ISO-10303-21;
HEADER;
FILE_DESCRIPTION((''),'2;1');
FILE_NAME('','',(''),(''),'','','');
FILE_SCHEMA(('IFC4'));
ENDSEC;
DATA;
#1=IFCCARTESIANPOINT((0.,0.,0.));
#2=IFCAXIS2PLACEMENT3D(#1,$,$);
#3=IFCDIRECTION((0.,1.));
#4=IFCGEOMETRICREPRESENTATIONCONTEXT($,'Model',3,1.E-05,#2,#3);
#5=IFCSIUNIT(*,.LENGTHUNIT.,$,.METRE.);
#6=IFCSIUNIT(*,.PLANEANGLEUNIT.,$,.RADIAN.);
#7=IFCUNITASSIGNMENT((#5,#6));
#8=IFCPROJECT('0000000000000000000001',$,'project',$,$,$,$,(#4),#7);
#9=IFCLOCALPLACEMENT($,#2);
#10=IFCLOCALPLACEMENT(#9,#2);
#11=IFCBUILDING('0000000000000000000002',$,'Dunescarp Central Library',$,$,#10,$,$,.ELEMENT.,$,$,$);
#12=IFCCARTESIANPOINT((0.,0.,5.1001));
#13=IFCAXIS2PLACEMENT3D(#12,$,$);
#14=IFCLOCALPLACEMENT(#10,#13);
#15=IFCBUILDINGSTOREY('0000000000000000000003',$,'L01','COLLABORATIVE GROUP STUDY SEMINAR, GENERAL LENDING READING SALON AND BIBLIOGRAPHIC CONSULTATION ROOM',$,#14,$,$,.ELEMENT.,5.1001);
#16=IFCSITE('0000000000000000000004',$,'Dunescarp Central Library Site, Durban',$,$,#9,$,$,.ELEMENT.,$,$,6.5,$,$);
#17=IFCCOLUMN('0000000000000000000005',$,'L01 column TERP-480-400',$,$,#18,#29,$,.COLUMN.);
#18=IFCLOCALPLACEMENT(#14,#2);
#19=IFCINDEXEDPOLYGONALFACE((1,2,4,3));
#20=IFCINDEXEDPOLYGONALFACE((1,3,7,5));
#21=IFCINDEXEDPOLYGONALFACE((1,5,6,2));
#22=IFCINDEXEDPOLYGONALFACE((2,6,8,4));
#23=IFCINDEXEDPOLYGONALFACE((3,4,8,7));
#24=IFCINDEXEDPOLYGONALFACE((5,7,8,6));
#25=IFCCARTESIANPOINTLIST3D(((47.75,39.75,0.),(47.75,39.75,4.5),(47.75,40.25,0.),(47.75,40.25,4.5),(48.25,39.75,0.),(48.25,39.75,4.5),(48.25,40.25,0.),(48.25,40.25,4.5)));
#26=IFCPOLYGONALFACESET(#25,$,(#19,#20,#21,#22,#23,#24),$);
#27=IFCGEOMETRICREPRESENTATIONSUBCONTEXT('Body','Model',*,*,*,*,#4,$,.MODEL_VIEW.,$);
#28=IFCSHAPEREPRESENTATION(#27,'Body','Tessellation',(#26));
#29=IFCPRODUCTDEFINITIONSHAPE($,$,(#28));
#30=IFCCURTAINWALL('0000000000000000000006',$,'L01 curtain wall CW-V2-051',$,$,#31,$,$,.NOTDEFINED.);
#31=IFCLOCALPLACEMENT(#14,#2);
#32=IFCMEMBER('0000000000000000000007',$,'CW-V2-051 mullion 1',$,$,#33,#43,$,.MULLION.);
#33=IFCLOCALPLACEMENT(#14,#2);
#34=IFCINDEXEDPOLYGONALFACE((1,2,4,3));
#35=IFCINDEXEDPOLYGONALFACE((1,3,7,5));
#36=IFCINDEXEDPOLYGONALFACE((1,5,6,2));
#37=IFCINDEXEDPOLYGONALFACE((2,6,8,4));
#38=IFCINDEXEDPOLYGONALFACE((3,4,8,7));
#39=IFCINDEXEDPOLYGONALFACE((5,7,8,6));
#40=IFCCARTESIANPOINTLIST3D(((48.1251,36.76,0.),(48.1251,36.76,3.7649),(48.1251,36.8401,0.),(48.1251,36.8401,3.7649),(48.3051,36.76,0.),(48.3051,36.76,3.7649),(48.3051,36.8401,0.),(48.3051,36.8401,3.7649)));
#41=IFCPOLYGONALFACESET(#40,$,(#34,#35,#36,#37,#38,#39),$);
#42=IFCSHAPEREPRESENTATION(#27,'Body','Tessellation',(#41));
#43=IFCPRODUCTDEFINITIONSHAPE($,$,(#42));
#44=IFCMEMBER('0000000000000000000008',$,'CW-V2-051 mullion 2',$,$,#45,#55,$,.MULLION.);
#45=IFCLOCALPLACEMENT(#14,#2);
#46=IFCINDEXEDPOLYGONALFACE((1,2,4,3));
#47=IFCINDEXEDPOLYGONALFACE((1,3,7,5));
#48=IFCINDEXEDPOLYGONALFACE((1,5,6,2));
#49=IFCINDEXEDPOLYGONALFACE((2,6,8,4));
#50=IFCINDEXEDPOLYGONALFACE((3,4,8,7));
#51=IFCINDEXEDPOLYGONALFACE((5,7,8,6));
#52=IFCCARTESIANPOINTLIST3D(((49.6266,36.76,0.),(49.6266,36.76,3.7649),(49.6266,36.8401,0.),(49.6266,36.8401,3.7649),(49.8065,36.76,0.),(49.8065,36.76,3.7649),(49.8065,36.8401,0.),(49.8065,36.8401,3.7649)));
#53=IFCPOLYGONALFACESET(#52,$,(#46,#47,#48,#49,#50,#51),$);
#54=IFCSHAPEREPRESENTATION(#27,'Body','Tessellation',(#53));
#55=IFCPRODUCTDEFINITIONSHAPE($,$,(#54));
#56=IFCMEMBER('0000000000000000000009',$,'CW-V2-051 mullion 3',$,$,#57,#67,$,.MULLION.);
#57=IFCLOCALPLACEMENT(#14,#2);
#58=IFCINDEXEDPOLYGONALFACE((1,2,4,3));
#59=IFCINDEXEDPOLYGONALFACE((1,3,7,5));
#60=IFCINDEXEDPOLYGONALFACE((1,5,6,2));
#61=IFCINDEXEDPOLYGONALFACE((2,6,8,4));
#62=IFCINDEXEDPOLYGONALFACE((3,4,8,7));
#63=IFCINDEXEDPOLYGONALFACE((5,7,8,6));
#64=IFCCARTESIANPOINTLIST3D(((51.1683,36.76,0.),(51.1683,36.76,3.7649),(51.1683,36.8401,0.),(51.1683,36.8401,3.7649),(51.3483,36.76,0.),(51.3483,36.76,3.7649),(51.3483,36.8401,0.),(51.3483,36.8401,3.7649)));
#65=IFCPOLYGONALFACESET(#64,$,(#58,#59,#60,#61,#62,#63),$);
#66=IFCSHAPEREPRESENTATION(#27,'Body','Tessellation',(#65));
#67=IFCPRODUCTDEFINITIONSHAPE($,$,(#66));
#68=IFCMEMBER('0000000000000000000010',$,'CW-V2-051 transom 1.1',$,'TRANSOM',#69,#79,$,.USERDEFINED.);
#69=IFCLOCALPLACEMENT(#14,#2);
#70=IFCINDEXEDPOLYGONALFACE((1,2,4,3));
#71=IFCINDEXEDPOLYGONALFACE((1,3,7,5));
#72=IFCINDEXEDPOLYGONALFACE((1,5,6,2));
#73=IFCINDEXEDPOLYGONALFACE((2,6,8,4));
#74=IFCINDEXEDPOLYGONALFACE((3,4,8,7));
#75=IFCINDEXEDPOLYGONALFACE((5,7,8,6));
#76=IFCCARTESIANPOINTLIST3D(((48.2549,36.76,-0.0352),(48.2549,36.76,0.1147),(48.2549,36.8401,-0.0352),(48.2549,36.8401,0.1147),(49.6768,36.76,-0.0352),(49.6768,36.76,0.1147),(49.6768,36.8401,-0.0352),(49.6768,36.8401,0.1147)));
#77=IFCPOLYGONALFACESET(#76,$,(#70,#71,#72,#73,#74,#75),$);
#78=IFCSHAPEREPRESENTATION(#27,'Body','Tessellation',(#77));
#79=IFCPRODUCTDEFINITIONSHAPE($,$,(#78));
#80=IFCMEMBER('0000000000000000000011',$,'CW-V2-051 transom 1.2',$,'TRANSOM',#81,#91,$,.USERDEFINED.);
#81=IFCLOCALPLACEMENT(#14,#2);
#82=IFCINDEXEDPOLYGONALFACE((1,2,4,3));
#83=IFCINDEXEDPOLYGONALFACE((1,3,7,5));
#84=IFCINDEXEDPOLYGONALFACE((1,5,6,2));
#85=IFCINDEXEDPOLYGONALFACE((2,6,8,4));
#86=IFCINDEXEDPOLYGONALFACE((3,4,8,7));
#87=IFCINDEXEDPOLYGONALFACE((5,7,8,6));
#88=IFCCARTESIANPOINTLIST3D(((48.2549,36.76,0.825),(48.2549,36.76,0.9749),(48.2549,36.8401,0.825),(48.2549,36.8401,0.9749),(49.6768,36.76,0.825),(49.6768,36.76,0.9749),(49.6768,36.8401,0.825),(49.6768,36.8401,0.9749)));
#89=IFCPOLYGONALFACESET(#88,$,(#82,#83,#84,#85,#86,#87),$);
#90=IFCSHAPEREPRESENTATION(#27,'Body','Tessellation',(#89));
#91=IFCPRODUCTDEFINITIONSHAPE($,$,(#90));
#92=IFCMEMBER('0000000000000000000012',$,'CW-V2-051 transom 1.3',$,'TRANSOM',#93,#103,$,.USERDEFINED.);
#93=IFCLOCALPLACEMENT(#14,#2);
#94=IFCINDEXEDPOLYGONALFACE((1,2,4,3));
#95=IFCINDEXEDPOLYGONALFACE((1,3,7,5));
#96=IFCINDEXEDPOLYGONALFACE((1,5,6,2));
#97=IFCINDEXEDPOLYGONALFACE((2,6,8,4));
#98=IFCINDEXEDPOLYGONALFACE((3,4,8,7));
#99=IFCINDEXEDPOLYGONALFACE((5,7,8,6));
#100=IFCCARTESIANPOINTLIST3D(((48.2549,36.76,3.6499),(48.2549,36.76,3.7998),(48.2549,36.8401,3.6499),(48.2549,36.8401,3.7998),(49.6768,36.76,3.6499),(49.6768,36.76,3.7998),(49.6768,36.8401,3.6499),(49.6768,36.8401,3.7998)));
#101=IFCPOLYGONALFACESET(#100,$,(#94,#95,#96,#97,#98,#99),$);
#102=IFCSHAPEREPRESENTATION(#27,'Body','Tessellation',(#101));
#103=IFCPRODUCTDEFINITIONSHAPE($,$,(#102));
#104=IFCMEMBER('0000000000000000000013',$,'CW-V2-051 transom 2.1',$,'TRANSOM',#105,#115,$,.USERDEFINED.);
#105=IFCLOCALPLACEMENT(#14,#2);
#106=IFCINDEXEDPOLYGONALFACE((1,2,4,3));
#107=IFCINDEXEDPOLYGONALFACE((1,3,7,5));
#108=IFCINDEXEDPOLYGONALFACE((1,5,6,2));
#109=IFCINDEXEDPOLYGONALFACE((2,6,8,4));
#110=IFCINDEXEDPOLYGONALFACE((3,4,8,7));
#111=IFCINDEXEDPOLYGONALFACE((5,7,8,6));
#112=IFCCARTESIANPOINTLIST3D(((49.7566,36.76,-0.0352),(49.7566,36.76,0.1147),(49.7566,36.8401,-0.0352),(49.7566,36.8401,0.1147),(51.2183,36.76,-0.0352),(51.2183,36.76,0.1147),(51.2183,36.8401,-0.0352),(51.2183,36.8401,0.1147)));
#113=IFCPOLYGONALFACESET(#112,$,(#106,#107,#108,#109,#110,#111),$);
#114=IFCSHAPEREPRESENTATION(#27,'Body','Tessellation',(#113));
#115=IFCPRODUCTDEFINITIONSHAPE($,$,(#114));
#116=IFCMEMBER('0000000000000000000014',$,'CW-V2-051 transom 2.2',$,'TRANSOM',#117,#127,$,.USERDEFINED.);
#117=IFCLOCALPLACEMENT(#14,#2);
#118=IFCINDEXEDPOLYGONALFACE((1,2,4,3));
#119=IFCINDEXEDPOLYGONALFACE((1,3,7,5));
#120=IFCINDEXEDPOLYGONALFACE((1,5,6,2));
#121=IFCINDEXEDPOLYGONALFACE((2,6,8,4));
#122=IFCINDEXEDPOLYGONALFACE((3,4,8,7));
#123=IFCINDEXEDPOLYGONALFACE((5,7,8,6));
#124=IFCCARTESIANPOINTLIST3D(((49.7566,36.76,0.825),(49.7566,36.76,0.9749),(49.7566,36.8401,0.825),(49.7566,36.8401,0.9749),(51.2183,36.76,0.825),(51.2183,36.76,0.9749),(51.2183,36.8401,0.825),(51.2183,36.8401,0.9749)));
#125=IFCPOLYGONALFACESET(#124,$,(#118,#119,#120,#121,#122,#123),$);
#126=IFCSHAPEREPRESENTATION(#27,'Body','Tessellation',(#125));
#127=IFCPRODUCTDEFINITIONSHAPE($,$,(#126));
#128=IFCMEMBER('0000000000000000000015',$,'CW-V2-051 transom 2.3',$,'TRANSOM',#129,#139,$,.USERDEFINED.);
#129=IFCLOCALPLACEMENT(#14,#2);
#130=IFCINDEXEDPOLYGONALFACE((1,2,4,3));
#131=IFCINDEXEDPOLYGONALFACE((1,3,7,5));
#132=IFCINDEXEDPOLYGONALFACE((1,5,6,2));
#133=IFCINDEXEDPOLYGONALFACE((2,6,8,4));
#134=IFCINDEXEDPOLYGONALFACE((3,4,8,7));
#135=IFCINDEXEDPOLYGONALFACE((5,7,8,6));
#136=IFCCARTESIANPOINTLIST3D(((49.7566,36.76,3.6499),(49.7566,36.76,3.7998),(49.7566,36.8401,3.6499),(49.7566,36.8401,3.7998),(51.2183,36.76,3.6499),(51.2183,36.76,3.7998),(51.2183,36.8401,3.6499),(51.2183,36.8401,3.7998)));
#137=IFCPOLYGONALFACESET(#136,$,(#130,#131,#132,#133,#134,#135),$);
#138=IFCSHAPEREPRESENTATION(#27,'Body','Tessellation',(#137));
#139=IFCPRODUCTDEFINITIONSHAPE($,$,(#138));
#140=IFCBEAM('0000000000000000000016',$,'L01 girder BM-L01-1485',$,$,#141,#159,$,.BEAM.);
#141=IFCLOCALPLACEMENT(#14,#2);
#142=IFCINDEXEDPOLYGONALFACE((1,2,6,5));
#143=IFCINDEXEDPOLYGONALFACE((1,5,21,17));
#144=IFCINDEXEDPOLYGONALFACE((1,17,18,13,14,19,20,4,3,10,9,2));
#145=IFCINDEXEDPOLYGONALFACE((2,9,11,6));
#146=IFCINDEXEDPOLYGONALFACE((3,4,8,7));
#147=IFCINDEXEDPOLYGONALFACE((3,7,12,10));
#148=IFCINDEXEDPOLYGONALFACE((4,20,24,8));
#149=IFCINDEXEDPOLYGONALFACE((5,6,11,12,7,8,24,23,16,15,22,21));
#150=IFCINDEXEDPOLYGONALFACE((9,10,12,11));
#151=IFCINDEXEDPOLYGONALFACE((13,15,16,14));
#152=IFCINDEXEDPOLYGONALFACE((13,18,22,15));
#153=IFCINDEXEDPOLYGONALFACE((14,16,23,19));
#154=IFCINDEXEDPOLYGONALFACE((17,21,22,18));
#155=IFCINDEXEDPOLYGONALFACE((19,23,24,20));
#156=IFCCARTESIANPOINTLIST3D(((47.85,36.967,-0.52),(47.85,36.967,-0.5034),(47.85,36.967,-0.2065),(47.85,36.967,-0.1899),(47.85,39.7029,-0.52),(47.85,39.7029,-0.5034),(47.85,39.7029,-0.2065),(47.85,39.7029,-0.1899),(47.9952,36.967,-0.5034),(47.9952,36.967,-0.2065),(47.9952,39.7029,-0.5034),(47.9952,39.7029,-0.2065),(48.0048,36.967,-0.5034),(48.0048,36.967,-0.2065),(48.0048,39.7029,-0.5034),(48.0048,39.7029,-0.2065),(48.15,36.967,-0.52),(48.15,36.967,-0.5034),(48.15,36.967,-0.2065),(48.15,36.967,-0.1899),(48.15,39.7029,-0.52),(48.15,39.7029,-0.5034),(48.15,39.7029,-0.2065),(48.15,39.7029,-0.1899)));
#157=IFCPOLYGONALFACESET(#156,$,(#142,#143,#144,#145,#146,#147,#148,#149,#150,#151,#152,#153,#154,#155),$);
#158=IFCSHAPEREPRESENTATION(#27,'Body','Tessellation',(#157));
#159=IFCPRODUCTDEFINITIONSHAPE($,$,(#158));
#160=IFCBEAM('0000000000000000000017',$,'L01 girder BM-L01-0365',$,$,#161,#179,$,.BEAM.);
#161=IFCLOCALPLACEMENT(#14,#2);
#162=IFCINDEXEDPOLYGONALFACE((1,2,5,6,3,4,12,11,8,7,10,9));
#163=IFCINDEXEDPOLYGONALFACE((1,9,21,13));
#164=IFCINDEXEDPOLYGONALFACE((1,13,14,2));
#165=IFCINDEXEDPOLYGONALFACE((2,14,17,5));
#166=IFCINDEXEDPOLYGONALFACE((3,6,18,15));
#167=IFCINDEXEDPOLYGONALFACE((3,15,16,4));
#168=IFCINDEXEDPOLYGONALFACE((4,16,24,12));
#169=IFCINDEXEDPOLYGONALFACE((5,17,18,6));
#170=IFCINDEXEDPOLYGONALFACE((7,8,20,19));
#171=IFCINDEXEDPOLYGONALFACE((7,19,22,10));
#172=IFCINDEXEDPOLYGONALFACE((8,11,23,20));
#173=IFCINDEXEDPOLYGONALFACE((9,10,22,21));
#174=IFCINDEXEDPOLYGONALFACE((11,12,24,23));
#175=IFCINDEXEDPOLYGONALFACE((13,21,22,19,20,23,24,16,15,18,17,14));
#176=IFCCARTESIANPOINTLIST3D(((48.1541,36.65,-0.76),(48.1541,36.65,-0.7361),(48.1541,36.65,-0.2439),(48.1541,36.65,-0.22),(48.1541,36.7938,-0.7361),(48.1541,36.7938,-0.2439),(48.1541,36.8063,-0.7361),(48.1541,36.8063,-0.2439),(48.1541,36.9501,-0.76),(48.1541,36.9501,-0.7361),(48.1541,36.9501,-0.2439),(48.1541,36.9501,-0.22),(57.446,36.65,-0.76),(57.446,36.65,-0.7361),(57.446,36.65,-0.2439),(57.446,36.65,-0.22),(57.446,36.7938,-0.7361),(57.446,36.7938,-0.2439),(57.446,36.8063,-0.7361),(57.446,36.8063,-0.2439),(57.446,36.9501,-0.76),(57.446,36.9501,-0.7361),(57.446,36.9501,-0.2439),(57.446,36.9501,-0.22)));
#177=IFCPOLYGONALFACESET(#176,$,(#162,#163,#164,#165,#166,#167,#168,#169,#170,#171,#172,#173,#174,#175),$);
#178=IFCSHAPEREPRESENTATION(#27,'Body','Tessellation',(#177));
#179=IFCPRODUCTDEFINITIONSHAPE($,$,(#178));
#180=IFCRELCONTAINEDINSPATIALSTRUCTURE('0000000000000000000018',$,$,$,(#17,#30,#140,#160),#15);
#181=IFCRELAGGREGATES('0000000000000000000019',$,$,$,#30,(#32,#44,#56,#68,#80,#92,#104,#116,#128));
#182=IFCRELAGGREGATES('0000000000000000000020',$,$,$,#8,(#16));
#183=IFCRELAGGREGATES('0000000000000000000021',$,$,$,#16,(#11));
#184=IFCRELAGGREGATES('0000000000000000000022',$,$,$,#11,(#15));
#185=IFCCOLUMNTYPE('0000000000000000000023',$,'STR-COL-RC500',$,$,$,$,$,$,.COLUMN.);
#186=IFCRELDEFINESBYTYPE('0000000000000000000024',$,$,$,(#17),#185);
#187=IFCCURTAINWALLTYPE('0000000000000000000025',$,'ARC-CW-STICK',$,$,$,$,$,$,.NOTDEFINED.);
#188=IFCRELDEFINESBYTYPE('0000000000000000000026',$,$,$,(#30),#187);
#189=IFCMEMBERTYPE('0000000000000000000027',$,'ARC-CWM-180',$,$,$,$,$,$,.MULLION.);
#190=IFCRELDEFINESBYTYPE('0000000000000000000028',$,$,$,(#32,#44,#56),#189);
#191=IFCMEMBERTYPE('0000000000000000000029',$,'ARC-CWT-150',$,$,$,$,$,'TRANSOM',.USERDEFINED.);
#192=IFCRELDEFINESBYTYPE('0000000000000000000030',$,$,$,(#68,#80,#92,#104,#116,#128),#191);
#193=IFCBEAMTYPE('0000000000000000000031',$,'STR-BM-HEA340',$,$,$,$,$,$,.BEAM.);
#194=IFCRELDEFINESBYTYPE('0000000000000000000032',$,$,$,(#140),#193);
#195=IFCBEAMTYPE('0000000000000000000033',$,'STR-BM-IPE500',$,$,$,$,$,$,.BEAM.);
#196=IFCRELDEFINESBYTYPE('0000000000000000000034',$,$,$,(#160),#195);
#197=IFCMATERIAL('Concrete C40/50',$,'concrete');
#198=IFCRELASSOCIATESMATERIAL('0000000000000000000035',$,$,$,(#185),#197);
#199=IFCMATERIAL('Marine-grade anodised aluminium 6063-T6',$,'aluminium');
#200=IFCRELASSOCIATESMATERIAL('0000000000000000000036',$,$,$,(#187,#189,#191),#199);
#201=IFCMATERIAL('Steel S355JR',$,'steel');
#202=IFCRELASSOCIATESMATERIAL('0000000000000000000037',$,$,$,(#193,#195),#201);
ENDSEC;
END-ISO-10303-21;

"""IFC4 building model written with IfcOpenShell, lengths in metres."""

from ifc_helpers import new_model, si_unit, direction, frame, origin, origin_2d, place, context, subcontext, project, spatial, rectangle, i_section, extrude, material, material_profile, profile_set, type_object, element, aggregate, save


model = new_model("IFC4")

# Units and contexts
model_context = context("Model", 3, precision=1e-05, world=origin(), true_north=direction((0.0, 1.0)))
body_context = subcontext(model_context, "Body", "Model", "MODEL_VIEW")
ifc_project = project(units=[si_unit("LENGTHUNIT", "METRE"), si_unit("PLANEANGLEUNIT", "RADIAN")], contexts=[model_context])

# Site, building, storey
site_placement = place(None, origin())
site = spatial("IfcSite", under=ifc_project, at=site_placement, Name="Dunescarp Central Library Site, Durban", CompositionType="ELEMENT", RefElevation=6.5)
building_placement = place(site_placement, origin())
building = spatial("IfcBuilding", under=site, at=building_placement, Name="Dunescarp Central Library", CompositionType="ELEMENT")
storey_placement = place(building_placement, frame((0.0, 0.0, 5.1001)))
storey = spatial("IfcBuildingStorey", under=building, at=storey_placement, Name="L01", Description="COLLABORATIVE GROUP STUDY SEMINAR, GENERAL LENDING READING SALON AND BIBLIOGRAPHIC CONSULTATION ROOM", CompositionType="ELEMENT", Elevation=5.1001)

# Column
ifc_material_1 = material(Name="Concrete C40/50", Category="concrete")
ifc_material_profile_1 = material_profile(ifc_material_1, rectangle(XDim=0.5, YDim=0.5, at=origin_2d()), Name="RC 500x500")
ifc_profile_set_1 = profile_set([ifc_material_profile_1], Name="Concrete C40/50")
column_type = type_object("IfcColumnType", Name="STR-COL-RC500", PredefinedType="COLUMN", material=ifc_profile_set_1)
column_placement = place(storey_placement, frame((48.0, 40.0, 0.0), z_axis=(0.0, 0.0, 1.0), x_axis=(1.0, 0.0, 0.0)))
element("IfcColumn", 1, at=column_placement, inside=storey, type_object=column_type, Name="L01 column TERP-480-400", PredefinedType="COLUMN", context=body_context, shape_type="SweptSolid", body=[
    extrude(rectangle(XDim=0.5, YDim=0.5, at=origin_2d()), origin(), (0.0, 0.0, 1.0), 4.5),
])

# Curtain wall, members
ifc_material_2 = material(Name="Marine-grade anodised aluminium 6063-T6", Category="aluminium")
curtain_wall_type = type_object("IfcCurtainWallType", Name="ARC-CW-STICK", PredefinedType="NOTDEFINED", material=ifc_material_2)
curtain_wall_placement = place(storey_placement, origin())
curtain_wall = element("IfcCurtainWall", 2, at=curtain_wall_placement, inside=storey, type_object=curtain_wall_type, Name="L01 curtain wall CW-V2-051", PredefinedType="NOTDEFINED")
ifc_material_profile_2 = material_profile(ifc_material_2, rectangle(XDim=0.0801, YDim=0.1799, at=origin_2d()), Name="AL 80x180")
ifc_profile_set_2 = profile_set([ifc_material_profile_2], Name="Marine-grade anodised aluminium 6063-T6")
member_type_1 = type_object("IfcMemberType", Name="ARC-CWM-180", PredefinedType="MULLION", material=ifc_profile_set_2)
member_1_placement = place(storey_placement, frame((48.2151, 36.8, 0.0), z_axis=(0.0, 0.0, 1.0), x_axis=(0.0, 1.0, 0.0)))
member_1 = element("IfcMember", 3, at=member_1_placement, type_object=member_type_1, Name="CW-V2-051 mullion 1", PredefinedType="MULLION", context=body_context, shape_type="SweptSolid", body=[
    extrude(rectangle(XDim=0.0801, YDim=0.1799, at=origin_2d()), origin(), (0.0, 0.0, 1.0), 3.7649),
])
member_2_placement = place(storey_placement, frame((49.7166, 36.8, 0.0), z_axis=(0.0, 0.0, 1.0), x_axis=(0.0, 1.0, 0.0)))
member_2 = element("IfcMember", 4, at=member_2_placement, type_object=member_type_1, Name="CW-V2-051 mullion 2", PredefinedType="MULLION", context=body_context, shape_type="SweptSolid", body=[
    extrude(rectangle(XDim=0.0801, YDim=0.1799, at=origin_2d()), origin(), (0.0, 0.0, 1.0), 3.7649),
])
member_3_placement = place(storey_placement, frame((51.2583, 36.8, 0.0), z_axis=(0.0, 0.0, 1.0), x_axis=(0.0, 1.0, 0.0)))
member_3 = element("IfcMember", 5, at=member_3_placement, type_object=member_type_1, Name="CW-V2-051 mullion 3", PredefinedType="MULLION", context=body_context, shape_type="SweptSolid", body=[
    extrude(rectangle(XDim=0.0801, YDim=0.1799, at=origin_2d()), origin(), (0.0, 0.0, 1.0), 3.7649),
])
ifc_material_profile_3 = material_profile(ifc_material_2, rectangle(XDim=0.0801, YDim=0.1499, at=origin_2d()), Name="AL 80x150")
ifc_profile_set_3 = profile_set([ifc_material_profile_3], Name="Marine-grade anodised aluminium 6063-T6")
member_type_2 = type_object("IfcMemberType", Name="ARC-CWT-150", ElementType="TRANSOM", PredefinedType="USERDEFINED", material=ifc_profile_set_3)
member_4_placement = place(storey_placement, frame((48.2549, 36.8, 0.0398), z_axis=(1.0, 0.0, 0.0), x_axis=(0.0, 1.0, 0.0)))
member_4 = element("IfcMember", 6, at=member_4_placement, type_object=member_type_2, Name="CW-V2-051 transom 1.1", ObjectType="TRANSOM", PredefinedType="USERDEFINED", context=body_context, shape_type="SweptSolid", body=[
    extrude(rectangle(XDim=0.0801, YDim=0.1499, at=origin_2d()), origin(), (0.0, 0.0, 1.0), 1.4219),
])
member_5_placement = place(storey_placement, frame((48.2549, 36.8, 0.8999), z_axis=(1.0, 0.0, 0.0), x_axis=(0.0, 1.0, 0.0)))
member_5 = element("IfcMember", 7, at=member_5_placement, type_object=member_type_2, Name="CW-V2-051 transom 1.2", ObjectType="TRANSOM", PredefinedType="USERDEFINED", context=body_context, shape_type="SweptSolid", body=[
    extrude(rectangle(XDim=0.0801, YDim=0.1499, at=origin_2d()), origin(), (0.0, 0.0, 1.0), 1.4219),
])
member_6_placement = place(storey_placement, frame((48.2549, 36.8, 3.7249), z_axis=(1.0, 0.0, 0.0), x_axis=(0.0, 1.0, 0.0)))
member_6 = element("IfcMember", 8, at=member_6_placement, type_object=member_type_2, Name="CW-V2-051 transom 1.3", ObjectType="TRANSOM", PredefinedType="USERDEFINED", context=body_context, shape_type="SweptSolid", body=[
    extrude(rectangle(XDim=0.0801, YDim=0.1499, at=origin_2d()), origin(), (0.0, 0.0, 1.0), 1.4219),
])
member_7_placement = place(storey_placement, frame((49.7566, 36.8, 0.0398), z_axis=(1.0, 0.0, 0.0), x_axis=(0.0, 1.0, 0.0)))
member_7 = element("IfcMember", 9, at=member_7_placement, type_object=member_type_2, Name="CW-V2-051 transom 2.1", ObjectType="TRANSOM", PredefinedType="USERDEFINED", context=body_context, shape_type="SweptSolid", body=[
    extrude(rectangle(XDim=0.0801, YDim=0.1499, at=origin_2d()), origin(), (0.0, 0.0, 1.0), 1.4617),
])
member_8_placement = place(storey_placement, frame((49.7566, 36.8, 0.8999), z_axis=(1.0, 0.0, 0.0), x_axis=(0.0, 1.0, 0.0)))
member_8 = element("IfcMember", 10, at=member_8_placement, type_object=member_type_2, Name="CW-V2-051 transom 2.2", ObjectType="TRANSOM", PredefinedType="USERDEFINED", context=body_context, shape_type="SweptSolid", body=[
    extrude(rectangle(XDim=0.0801, YDim=0.1499, at=origin_2d()), origin(), (0.0, 0.0, 1.0), 1.4617),
])
member_9_placement = place(storey_placement, frame((49.7566, 36.8, 3.7249), z_axis=(1.0, 0.0, 0.0), x_axis=(0.0, 1.0, 0.0)))
member_9 = element("IfcMember", 11, at=member_9_placement, type_object=member_type_2, Name="CW-V2-051 transom 2.3", ObjectType="TRANSOM", PredefinedType="USERDEFINED", context=body_context, shape_type="SweptSolid", body=[
    extrude(rectangle(XDim=0.0801, YDim=0.1499, at=origin_2d()), origin(), (0.0, 0.0, 1.0), 1.4617),
])

# Beams
ifc_material_3 = material(Name="Steel S355JR", Category="steel")
ifc_material_profile_4 = material_profile(ifc_material_3, i_section(OverallWidth=0.3, OverallDepth=0.3301, WebThickness=0.0095, FlangeThickness=0.0166, at=origin_2d()), Name="HEA 340")
ifc_profile_set_4 = profile_set([ifc_material_profile_4], Name="Steel S355JR")
beam_type_1 = type_object("IfcBeamType", Name="STR-BM-HEA340", PredefinedType="BEAM", material=ifc_profile_set_4)
beam_1_placement = place(storey_placement, frame((48.0, 36.967, -0.355), z_axis=(0.0, 1.0, 0.0), x_axis=(-1.0, 0.0, 0.0)))
element("IfcBeam", 12, at=beam_1_placement, inside=storey, type_object=beam_type_1, Name="L01 girder BM-L01-1485", PredefinedType="BEAM", context=body_context, shape_type="SweptSolid", body=[
    extrude(i_section(OverallWidth=0.3, OverallDepth=0.3301, WebThickness=0.0095, FlangeThickness=0.0166, at=origin_2d()), origin(), (0.0, 0.0, 1.0), 2.7358),
])
ifc_material_profile_5 = material_profile(ifc_material_3, i_section(OverallWidth=0.3, OverallDepth=0.54, WebThickness=0.0125, FlangeThickness=0.0239, at=origin_2d()), Name="HEA 550")
ifc_profile_set_5 = profile_set([ifc_material_profile_5], Name="Steel S355JR")
beam_type_2 = type_object("IfcBeamType", Name="STR-BM-IPE500", PredefinedType="BEAM", material=ifc_profile_set_5)
beam_2_placement = place(storey_placement, frame((48.1541, 36.8, -0.49), z_axis=(1.0, 0.0, 0.0), x_axis=(0.0, 1.0, 0.0)))
element("IfcBeam", 13, at=beam_2_placement, inside=storey, type_object=beam_type_2, Name="L01 girder BM-L01-0365", PredefinedType="BEAM", context=body_context, shape_type="SweptSolid", body=[
    extrude(i_section(OverallWidth=0.3, OverallDepth=0.54, WebThickness=0.0125, FlangeThickness=0.0239, at=origin_2d()), origin(), (0.0, 0.0, 1.0), 9.292),
])

aggregate(curtain_wall, [member_1, member_2, member_3, member_4, member_5, member_6, member_7, member_8, member_9])

save(model, "model.ifc")
